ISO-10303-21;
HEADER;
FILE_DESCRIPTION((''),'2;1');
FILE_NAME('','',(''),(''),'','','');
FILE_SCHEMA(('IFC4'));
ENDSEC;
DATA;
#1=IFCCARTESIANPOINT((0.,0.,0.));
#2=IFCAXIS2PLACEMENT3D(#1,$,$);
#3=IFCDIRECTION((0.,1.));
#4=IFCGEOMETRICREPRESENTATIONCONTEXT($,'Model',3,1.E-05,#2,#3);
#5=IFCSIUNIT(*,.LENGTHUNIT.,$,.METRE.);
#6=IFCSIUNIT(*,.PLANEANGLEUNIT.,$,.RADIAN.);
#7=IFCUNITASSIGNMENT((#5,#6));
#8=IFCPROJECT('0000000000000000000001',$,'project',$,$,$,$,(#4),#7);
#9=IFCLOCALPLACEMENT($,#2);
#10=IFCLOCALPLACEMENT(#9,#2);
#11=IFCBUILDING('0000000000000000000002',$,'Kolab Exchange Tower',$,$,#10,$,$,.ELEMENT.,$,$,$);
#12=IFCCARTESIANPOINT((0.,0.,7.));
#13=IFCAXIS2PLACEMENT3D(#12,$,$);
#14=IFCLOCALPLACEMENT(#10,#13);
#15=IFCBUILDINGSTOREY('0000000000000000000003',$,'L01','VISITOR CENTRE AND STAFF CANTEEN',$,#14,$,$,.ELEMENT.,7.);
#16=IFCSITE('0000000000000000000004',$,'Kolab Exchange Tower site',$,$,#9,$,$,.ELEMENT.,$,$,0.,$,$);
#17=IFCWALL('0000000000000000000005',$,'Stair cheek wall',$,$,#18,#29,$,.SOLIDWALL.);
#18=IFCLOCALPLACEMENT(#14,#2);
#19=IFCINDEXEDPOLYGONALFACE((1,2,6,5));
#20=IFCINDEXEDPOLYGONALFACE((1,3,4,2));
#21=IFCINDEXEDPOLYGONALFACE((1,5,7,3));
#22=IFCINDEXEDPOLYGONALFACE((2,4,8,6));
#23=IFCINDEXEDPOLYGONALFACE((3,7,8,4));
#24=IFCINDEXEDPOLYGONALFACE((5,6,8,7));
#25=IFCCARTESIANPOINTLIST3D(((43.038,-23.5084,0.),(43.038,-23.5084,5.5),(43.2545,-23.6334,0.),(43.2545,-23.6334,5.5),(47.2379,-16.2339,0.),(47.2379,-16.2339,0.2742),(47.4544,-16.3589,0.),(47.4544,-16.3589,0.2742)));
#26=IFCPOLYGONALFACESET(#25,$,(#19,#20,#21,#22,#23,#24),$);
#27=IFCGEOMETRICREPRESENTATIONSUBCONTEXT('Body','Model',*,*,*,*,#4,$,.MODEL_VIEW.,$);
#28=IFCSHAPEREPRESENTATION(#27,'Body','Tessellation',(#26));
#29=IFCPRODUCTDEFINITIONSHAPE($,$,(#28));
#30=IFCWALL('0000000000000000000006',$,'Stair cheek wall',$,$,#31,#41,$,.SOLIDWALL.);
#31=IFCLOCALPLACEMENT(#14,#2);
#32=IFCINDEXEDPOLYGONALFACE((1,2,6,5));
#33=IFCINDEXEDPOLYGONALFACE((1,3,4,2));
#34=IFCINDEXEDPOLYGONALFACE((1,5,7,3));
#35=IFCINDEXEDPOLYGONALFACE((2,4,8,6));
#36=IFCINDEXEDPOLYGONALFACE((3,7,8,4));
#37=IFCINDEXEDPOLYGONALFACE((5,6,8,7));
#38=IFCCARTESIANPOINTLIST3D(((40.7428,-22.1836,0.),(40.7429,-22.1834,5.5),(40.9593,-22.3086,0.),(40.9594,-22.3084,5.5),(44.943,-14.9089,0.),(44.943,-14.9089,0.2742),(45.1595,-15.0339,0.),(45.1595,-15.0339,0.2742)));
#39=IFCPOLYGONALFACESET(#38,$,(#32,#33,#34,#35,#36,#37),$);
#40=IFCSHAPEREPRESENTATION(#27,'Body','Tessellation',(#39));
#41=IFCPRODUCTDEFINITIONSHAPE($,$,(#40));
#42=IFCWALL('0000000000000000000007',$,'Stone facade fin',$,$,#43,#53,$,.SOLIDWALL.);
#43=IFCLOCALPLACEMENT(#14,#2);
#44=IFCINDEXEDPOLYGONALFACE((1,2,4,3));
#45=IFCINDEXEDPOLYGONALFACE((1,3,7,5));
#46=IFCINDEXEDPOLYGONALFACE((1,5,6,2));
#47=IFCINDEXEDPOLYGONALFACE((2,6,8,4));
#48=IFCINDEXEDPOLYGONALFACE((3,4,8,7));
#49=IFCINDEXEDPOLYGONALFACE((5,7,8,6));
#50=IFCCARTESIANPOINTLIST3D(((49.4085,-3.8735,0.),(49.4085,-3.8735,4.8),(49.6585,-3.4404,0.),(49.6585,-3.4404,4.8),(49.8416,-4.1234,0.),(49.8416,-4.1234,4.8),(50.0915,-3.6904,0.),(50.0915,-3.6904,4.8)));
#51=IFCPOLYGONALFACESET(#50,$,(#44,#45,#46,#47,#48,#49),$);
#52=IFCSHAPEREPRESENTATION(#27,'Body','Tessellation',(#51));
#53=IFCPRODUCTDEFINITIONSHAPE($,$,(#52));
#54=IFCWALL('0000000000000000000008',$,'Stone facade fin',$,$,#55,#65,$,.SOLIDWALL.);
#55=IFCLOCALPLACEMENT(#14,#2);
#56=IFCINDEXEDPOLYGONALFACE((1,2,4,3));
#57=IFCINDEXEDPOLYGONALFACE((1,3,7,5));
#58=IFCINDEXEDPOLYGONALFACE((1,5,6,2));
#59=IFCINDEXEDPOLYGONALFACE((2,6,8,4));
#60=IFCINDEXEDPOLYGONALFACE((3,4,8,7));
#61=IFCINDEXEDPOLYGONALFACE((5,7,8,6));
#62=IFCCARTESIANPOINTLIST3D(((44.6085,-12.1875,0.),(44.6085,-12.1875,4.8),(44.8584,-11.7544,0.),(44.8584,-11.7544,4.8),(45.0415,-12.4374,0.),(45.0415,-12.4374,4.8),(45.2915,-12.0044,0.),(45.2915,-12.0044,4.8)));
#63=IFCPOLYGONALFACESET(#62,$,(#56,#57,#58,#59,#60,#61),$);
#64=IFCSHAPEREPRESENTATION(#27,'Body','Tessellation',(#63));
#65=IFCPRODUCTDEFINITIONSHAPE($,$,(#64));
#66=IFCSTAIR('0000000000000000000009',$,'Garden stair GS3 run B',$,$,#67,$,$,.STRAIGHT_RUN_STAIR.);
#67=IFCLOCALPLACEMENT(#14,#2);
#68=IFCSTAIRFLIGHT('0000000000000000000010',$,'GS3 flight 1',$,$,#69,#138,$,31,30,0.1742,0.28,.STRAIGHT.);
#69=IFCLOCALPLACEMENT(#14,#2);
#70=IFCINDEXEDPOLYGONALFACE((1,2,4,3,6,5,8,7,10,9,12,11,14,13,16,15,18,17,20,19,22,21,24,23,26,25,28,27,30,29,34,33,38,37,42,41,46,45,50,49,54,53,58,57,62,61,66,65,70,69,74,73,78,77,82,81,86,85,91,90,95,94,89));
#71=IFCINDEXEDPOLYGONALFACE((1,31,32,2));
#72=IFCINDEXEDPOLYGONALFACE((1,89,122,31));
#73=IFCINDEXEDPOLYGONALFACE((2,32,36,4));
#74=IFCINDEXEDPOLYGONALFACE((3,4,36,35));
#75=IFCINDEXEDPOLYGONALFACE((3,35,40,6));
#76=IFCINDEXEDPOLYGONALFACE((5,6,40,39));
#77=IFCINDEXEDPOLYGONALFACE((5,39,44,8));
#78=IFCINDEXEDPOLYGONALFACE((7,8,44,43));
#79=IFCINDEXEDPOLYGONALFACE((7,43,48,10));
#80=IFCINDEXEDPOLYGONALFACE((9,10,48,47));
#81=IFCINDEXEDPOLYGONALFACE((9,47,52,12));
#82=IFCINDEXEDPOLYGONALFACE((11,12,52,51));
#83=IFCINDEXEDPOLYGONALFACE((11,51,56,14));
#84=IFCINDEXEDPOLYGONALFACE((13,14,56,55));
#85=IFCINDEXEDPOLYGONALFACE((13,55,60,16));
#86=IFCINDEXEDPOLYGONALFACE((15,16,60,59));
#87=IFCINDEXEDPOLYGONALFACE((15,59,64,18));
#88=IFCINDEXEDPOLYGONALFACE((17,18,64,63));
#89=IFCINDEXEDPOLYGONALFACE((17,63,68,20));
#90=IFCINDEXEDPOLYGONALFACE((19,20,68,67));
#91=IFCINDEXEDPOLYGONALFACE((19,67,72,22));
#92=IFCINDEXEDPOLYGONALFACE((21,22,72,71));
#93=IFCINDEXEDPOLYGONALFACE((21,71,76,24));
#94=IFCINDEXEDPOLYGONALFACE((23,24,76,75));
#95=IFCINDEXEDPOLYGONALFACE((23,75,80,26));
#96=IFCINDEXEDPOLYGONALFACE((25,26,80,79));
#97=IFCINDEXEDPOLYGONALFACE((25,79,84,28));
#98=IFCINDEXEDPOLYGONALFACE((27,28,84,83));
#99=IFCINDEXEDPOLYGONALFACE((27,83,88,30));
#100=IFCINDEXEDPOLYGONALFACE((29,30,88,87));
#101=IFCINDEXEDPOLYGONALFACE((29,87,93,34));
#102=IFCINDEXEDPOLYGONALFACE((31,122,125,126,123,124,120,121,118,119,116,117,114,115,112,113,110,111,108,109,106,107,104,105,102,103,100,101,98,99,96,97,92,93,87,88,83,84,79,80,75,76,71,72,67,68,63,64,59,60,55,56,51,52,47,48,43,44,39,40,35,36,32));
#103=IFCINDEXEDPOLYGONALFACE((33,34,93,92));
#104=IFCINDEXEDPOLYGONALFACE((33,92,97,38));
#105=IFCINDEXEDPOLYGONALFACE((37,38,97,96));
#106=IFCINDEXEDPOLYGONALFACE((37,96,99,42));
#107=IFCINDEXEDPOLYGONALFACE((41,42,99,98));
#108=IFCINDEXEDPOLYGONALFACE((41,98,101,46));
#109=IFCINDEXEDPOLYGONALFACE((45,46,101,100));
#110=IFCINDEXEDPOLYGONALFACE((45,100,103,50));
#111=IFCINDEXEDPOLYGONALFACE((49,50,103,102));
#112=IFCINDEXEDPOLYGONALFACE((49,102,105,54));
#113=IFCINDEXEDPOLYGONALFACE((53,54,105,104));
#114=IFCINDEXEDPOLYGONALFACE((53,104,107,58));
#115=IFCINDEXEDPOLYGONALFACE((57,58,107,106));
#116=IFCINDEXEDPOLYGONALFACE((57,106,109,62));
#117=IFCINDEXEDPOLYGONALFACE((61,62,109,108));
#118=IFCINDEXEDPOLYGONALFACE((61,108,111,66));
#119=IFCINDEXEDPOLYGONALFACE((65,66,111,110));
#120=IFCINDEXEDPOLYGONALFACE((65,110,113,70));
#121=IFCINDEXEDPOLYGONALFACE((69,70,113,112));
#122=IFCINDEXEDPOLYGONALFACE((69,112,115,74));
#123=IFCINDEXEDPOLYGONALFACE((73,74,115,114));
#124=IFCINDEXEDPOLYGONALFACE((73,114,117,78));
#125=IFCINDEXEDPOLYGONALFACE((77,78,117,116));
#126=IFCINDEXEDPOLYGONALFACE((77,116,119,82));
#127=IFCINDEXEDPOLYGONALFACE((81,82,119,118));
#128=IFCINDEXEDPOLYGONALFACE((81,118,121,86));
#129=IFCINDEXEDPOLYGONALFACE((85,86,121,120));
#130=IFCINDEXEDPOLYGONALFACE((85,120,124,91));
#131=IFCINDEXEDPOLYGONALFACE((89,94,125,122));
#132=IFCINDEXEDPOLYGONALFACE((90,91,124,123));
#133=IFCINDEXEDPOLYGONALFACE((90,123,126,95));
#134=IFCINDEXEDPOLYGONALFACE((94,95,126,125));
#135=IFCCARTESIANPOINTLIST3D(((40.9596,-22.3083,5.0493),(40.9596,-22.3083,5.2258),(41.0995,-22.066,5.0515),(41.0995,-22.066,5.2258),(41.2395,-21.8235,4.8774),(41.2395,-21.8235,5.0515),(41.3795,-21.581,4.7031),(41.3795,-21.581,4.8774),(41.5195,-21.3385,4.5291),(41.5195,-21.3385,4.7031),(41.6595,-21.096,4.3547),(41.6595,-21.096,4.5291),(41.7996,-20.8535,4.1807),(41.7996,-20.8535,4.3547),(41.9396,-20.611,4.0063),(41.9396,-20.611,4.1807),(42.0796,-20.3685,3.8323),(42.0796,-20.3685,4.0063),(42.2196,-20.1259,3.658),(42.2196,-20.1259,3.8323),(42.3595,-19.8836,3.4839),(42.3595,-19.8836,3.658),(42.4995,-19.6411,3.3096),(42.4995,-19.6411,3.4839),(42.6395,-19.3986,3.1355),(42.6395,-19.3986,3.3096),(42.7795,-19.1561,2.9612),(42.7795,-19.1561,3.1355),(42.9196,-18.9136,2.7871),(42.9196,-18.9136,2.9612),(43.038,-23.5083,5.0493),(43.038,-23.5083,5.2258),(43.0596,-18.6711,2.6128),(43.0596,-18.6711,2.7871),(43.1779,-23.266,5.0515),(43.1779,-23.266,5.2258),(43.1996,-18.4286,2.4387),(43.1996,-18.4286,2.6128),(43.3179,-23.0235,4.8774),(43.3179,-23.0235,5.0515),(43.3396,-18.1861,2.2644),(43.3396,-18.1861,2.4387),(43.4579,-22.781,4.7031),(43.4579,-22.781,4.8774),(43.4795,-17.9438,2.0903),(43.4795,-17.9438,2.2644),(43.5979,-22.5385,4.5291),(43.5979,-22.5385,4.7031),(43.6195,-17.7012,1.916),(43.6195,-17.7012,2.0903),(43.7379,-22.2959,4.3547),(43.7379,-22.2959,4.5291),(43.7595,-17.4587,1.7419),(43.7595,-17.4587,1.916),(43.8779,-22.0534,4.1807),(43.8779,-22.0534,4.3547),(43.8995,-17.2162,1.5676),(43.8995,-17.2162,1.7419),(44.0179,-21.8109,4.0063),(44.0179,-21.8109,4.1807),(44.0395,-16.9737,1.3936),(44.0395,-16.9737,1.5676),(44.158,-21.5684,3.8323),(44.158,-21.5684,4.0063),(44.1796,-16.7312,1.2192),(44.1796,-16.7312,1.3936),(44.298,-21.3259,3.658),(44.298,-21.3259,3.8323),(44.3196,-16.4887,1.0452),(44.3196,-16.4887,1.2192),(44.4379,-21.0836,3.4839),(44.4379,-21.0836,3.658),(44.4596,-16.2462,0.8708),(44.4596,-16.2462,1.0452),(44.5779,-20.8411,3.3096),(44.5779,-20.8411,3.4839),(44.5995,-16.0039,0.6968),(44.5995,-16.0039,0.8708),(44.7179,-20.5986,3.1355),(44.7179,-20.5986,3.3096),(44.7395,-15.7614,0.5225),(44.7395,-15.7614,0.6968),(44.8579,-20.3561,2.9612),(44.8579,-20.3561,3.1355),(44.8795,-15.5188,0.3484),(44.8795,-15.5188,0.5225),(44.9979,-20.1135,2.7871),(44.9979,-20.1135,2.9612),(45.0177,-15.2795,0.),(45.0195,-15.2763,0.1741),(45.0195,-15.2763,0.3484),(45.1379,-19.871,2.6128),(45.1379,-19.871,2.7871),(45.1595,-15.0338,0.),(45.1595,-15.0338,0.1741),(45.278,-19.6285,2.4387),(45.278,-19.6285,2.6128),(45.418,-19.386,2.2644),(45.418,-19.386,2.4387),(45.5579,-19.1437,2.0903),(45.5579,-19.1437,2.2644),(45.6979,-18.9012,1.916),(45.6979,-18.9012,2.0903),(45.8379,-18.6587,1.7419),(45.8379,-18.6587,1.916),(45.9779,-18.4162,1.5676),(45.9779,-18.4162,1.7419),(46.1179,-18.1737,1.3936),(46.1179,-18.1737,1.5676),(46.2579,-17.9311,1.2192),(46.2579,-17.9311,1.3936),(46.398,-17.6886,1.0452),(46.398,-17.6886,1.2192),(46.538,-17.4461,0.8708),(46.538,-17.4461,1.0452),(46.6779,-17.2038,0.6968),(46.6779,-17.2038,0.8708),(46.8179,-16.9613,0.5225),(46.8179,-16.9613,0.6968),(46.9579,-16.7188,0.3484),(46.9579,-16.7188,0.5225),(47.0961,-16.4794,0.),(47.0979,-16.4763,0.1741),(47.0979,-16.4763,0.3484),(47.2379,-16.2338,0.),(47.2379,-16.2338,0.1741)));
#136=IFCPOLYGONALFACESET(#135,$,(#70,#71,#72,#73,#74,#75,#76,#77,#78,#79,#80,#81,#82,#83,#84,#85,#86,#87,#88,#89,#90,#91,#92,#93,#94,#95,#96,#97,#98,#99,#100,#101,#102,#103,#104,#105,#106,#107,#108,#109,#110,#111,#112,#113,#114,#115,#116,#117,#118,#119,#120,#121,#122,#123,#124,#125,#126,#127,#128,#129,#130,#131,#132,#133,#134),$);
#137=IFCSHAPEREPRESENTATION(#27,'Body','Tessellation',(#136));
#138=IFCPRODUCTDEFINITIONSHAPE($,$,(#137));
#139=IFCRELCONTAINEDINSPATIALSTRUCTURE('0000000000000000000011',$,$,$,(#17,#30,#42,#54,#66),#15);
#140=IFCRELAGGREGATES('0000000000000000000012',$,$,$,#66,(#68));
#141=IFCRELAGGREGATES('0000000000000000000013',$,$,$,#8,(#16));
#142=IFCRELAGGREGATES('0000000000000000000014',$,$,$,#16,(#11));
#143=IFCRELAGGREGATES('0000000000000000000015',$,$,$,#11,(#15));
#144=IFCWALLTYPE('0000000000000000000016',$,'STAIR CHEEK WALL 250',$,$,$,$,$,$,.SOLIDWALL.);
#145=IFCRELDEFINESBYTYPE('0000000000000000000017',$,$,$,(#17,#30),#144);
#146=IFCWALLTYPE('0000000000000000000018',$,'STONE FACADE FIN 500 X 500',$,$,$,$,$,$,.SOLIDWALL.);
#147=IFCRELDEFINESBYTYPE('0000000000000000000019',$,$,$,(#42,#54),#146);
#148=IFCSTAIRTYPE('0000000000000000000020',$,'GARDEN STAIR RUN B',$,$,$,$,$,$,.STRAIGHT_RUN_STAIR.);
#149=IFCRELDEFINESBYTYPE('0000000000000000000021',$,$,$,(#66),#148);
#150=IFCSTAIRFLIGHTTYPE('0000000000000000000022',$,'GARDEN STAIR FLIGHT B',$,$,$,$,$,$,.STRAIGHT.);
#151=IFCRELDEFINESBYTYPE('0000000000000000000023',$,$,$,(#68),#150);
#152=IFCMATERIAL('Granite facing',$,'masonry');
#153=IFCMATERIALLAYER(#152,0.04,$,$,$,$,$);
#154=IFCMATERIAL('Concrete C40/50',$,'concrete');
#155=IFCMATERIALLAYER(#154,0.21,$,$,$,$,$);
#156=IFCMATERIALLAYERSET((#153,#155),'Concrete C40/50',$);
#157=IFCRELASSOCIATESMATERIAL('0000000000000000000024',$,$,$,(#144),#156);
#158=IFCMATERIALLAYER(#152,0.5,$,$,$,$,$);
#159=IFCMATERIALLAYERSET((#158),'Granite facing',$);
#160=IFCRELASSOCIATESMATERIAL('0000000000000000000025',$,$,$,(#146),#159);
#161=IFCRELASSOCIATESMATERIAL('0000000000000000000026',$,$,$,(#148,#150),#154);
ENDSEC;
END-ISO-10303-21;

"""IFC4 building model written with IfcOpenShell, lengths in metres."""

from ifc_helpers import new_model, si_unit, direction, frame, frame_2d, origin, place, context, subcontext, project, spatial, polyline, rectangle, outline, extrude, material, layer, layer_set, type_object, element, aggregate, save


model = new_model("IFC4")

# Units and contexts
model_context = context("Model", 3, precision=1e-05, world=origin(), true_north=direction((0.0, 1.0)))
body_context = subcontext(model_context, "Body", "Model", "MODEL_VIEW")
ifc_project = project(units=[si_unit("LENGTHUNIT", "METRE"), si_unit("PLANEANGLEUNIT", "RADIAN")], contexts=[model_context])

# Site, building, storey
site_placement = place(None, origin())
site = spatial("IfcSite", under=ifc_project, at=site_placement, Name="Kolab Exchange Tower site", CompositionType="ELEMENT", RefElevation=0.0)
building_placement = place(site_placement, origin())
building = spatial("IfcBuilding", under=site, at=building_placement, Name="Kolab Exchange Tower", CompositionType="ELEMENT")
storey_placement = place(building_placement, frame((0.0, 0.0, 7.0)))
storey = spatial("IfcBuildingStorey", under=building, at=storey_placement, Name="L01", Description="VISITOR CENTRE AND STAFF CANTEEN", CompositionType="ELEMENT", Elevation=7.0)

# Walls
ifc_material_1 = material(Name="Granite facing", Category="masonry")
ifc_layer_1 = layer(ifc_material_1, 0.04)
ifc_material_2 = material(Name="Concrete C40/50", Category="concrete")
ifc_layer_2 = layer(ifc_material_2, 0.21)
ifc_layer_set_1 = layer_set([ifc_layer_1, ifc_layer_2], Name="Concrete C40/50")
wall_type_1 = type_object("IfcWallType", Name="STAIR CHEEK WALL 250", PredefinedType="SOLIDWALL", material=ifc_layer_set_1)
wall_1_placement = place(storey_placement, frame((47.3462, -16.2964, 0.0), z_axis=(0.0, 0.0, 1.0), x_axis=(-0.499993, -0.866029, 0.0)))
element("IfcWall", 1, at=wall_1_placement, inside=storey, type_object=wall_type_1, Name="Stair cheek wall", PredefinedType="SOLIDWALL", context=body_context, shape_type="SweptSolid", body=[
    extrude(outline(polyline([(0.0, 0.0), (8.3999, 0.0), (8.3999, 5.5), (0.0, 0.2742), (0.0, 0.0)])), frame((0.0, 0.125, 0.0), z_axis=(0.0, -1.0, 0.0), x_axis=(1.0, 0.0, 0.0)), (0.0, 0.0, 1.0), 0.25),
])
wall_2_placement = place(storey_placement, frame((45.0513, -14.9714, 0.0), z_axis=(0.0, 0.0, 1.0), x_axis=(-0.500015, -0.866017, 0.0)))
element("IfcWall", 2, at=wall_2_placement, inside=storey, type_object=wall_type_1, Name="Stair cheek wall", PredefinedType="SOLIDWALL", context=body_context, shape_type="SweptSolid", body=[
    extrude(outline(polyline([(0.0, 0.0), (8.4001, 0.0), (8.3999, 5.5), (0.0, 0.2742), (0.0, 0.0)])), frame((0.0, 0.125, 0.0), z_axis=(0.0, -1.0, 0.0), x_axis=(1.0, 0.0, 0.0)), (0.0, 0.0, 1.0), 0.25),
])
ifc_layer_3 = layer(ifc_material_1, 0.5)
ifc_layer_set_2 = layer_set([ifc_layer_3], Name="Granite facing")
wall_type_2 = type_object("IfcWallType", Name="STONE FACADE FIN 500 X 500", PredefinedType="SOLIDWALL", material=ifc_layer_set_2)
for number, where, z_axis, x_axis, name in (
    (3, (49.875, -3.5654, 0.0), (0.0, 0.0, 1.0), (-0.49992, -0.866072, 0.0), "Stone facade fin"),
    (4, (45.075, -11.8794, 0.0), (0.0, 0.0, 1.0), (-0.49992, -0.866072, 0.0), "Stone facade fin"),
):
    element("IfcWall", number, at=place(storey_placement, frame(where, z_axis=z_axis, x_axis=x_axis)), inside=storey, type_object=wall_type_2, Name=name, PredefinedType="SOLIDWALL", context=body_context, shape_type="SweptSolid", body=[
        extrude(rectangle(XDim=0.5, YDim=0.5, at=frame_2d((0.25, 0.0))), origin(), (0.0, 0.0, 1.0), 4.8),
    ])

# Stair, stair flight
stair_type = type_object("IfcStairType", Name="GARDEN STAIR RUN B", PredefinedType="STRAIGHT_RUN_STAIR", material=ifc_material_2)
stair_placement = place(storey_placement, origin())
stair = element("IfcStair", 5, at=stair_placement, inside=storey, type_object=stair_type, Name="Garden stair GS3 run B", PredefinedType="STRAIGHT_RUN_STAIR")
stair_flight_type = type_object("IfcStairFlightType", Name="GARDEN STAIR FLIGHT B", PredefinedType="STRAIGHT", material=ifc_material_2)
stair_flight_placement = place(storey_placement, frame((46.1987, -15.6338, 0.0), z_axis=(0.0, 0.0, 1.0), x_axis=(-0.5, -0.866025, 0.0)))
stair_flight = element("IfcStairFlight", 6, at=stair_flight_placement, type_object=stair_flight_type, Name="GS3 flight 1", NumberOfRisers=31, NumberOfTreads=30, PredefinedType="STRAIGHT", RiserHeight=0.1742, TreadLength=0.28, context=body_context, shape_type="SweptSolid", body=[
    extrude(outline(polyline([(0.0, 0.0), (0.0, 0.1741), (0.28, 0.1741), (0.28, 0.3484), (0.5601, 0.3484), (0.5601, 0.5225), (0.8401, 0.5225), (0.8401, 0.6968), (1.1201, 0.6968), (1.1201, 0.8708), (1.3999, 0.8708), (1.3999, 1.0452), (1.6799, 1.0452), (1.6799, 1.2192), (1.96, 1.2192), (1.96, 1.3936), (2.24, 1.3936), (2.24, 1.5676), (2.52, 1.5676), (2.52, 1.7419), (2.8, 1.7419), (2.8, 1.916), (3.0801, 1.916), (3.0801, 2.0903), (3.3601, 2.0903), (3.3601, 2.2644), (3.6399, 2.2644), (3.6399, 2.4387), (3.9199, 2.4387), (3.9199, 2.6128), (4.2, 2.6128), (4.2, 2.7871), (4.48, 2.7871), (4.48, 2.9612), (4.76, 2.9612), (4.76, 3.1355), (5.04, 3.1355), (5.04, 3.3096), (5.3201, 3.3096), (5.3201, 3.4839), (5.6001, 3.4839), (5.6001, 3.658), (5.8799, 3.658), (5.8799, 3.8323), (6.1599, 3.8323), (6.1599, 4.0063), (6.4399, 4.0063), (6.4399, 4.1807), (6.72, 4.1807), (6.72, 4.3547), (7.0, 4.3547), (7.0, 4.5291), (7.28, 4.5291), (7.28, 4.7031), (7.5601, 4.7031), (7.5601, 4.8774), (7.8401, 4.8774), (7.8401, 5.0515), (8.1201, 5.0515), (8.1201, 5.2258), (8.3999, 5.2258), (8.3999, 5.3999), (8.3999, 5.0493), (0.2837, 0.0), (0.0, 0.0)])), frame((0.0, 1.2, 0.0), z_axis=(0.0, -1.0, 0.0), x_axis=(1.0, 0.0, 0.0)), (0.0, 0.0, 1.0), 2.3999),
])
aggregate(stair, [stair_flight])

save(model, "model.ifc")
